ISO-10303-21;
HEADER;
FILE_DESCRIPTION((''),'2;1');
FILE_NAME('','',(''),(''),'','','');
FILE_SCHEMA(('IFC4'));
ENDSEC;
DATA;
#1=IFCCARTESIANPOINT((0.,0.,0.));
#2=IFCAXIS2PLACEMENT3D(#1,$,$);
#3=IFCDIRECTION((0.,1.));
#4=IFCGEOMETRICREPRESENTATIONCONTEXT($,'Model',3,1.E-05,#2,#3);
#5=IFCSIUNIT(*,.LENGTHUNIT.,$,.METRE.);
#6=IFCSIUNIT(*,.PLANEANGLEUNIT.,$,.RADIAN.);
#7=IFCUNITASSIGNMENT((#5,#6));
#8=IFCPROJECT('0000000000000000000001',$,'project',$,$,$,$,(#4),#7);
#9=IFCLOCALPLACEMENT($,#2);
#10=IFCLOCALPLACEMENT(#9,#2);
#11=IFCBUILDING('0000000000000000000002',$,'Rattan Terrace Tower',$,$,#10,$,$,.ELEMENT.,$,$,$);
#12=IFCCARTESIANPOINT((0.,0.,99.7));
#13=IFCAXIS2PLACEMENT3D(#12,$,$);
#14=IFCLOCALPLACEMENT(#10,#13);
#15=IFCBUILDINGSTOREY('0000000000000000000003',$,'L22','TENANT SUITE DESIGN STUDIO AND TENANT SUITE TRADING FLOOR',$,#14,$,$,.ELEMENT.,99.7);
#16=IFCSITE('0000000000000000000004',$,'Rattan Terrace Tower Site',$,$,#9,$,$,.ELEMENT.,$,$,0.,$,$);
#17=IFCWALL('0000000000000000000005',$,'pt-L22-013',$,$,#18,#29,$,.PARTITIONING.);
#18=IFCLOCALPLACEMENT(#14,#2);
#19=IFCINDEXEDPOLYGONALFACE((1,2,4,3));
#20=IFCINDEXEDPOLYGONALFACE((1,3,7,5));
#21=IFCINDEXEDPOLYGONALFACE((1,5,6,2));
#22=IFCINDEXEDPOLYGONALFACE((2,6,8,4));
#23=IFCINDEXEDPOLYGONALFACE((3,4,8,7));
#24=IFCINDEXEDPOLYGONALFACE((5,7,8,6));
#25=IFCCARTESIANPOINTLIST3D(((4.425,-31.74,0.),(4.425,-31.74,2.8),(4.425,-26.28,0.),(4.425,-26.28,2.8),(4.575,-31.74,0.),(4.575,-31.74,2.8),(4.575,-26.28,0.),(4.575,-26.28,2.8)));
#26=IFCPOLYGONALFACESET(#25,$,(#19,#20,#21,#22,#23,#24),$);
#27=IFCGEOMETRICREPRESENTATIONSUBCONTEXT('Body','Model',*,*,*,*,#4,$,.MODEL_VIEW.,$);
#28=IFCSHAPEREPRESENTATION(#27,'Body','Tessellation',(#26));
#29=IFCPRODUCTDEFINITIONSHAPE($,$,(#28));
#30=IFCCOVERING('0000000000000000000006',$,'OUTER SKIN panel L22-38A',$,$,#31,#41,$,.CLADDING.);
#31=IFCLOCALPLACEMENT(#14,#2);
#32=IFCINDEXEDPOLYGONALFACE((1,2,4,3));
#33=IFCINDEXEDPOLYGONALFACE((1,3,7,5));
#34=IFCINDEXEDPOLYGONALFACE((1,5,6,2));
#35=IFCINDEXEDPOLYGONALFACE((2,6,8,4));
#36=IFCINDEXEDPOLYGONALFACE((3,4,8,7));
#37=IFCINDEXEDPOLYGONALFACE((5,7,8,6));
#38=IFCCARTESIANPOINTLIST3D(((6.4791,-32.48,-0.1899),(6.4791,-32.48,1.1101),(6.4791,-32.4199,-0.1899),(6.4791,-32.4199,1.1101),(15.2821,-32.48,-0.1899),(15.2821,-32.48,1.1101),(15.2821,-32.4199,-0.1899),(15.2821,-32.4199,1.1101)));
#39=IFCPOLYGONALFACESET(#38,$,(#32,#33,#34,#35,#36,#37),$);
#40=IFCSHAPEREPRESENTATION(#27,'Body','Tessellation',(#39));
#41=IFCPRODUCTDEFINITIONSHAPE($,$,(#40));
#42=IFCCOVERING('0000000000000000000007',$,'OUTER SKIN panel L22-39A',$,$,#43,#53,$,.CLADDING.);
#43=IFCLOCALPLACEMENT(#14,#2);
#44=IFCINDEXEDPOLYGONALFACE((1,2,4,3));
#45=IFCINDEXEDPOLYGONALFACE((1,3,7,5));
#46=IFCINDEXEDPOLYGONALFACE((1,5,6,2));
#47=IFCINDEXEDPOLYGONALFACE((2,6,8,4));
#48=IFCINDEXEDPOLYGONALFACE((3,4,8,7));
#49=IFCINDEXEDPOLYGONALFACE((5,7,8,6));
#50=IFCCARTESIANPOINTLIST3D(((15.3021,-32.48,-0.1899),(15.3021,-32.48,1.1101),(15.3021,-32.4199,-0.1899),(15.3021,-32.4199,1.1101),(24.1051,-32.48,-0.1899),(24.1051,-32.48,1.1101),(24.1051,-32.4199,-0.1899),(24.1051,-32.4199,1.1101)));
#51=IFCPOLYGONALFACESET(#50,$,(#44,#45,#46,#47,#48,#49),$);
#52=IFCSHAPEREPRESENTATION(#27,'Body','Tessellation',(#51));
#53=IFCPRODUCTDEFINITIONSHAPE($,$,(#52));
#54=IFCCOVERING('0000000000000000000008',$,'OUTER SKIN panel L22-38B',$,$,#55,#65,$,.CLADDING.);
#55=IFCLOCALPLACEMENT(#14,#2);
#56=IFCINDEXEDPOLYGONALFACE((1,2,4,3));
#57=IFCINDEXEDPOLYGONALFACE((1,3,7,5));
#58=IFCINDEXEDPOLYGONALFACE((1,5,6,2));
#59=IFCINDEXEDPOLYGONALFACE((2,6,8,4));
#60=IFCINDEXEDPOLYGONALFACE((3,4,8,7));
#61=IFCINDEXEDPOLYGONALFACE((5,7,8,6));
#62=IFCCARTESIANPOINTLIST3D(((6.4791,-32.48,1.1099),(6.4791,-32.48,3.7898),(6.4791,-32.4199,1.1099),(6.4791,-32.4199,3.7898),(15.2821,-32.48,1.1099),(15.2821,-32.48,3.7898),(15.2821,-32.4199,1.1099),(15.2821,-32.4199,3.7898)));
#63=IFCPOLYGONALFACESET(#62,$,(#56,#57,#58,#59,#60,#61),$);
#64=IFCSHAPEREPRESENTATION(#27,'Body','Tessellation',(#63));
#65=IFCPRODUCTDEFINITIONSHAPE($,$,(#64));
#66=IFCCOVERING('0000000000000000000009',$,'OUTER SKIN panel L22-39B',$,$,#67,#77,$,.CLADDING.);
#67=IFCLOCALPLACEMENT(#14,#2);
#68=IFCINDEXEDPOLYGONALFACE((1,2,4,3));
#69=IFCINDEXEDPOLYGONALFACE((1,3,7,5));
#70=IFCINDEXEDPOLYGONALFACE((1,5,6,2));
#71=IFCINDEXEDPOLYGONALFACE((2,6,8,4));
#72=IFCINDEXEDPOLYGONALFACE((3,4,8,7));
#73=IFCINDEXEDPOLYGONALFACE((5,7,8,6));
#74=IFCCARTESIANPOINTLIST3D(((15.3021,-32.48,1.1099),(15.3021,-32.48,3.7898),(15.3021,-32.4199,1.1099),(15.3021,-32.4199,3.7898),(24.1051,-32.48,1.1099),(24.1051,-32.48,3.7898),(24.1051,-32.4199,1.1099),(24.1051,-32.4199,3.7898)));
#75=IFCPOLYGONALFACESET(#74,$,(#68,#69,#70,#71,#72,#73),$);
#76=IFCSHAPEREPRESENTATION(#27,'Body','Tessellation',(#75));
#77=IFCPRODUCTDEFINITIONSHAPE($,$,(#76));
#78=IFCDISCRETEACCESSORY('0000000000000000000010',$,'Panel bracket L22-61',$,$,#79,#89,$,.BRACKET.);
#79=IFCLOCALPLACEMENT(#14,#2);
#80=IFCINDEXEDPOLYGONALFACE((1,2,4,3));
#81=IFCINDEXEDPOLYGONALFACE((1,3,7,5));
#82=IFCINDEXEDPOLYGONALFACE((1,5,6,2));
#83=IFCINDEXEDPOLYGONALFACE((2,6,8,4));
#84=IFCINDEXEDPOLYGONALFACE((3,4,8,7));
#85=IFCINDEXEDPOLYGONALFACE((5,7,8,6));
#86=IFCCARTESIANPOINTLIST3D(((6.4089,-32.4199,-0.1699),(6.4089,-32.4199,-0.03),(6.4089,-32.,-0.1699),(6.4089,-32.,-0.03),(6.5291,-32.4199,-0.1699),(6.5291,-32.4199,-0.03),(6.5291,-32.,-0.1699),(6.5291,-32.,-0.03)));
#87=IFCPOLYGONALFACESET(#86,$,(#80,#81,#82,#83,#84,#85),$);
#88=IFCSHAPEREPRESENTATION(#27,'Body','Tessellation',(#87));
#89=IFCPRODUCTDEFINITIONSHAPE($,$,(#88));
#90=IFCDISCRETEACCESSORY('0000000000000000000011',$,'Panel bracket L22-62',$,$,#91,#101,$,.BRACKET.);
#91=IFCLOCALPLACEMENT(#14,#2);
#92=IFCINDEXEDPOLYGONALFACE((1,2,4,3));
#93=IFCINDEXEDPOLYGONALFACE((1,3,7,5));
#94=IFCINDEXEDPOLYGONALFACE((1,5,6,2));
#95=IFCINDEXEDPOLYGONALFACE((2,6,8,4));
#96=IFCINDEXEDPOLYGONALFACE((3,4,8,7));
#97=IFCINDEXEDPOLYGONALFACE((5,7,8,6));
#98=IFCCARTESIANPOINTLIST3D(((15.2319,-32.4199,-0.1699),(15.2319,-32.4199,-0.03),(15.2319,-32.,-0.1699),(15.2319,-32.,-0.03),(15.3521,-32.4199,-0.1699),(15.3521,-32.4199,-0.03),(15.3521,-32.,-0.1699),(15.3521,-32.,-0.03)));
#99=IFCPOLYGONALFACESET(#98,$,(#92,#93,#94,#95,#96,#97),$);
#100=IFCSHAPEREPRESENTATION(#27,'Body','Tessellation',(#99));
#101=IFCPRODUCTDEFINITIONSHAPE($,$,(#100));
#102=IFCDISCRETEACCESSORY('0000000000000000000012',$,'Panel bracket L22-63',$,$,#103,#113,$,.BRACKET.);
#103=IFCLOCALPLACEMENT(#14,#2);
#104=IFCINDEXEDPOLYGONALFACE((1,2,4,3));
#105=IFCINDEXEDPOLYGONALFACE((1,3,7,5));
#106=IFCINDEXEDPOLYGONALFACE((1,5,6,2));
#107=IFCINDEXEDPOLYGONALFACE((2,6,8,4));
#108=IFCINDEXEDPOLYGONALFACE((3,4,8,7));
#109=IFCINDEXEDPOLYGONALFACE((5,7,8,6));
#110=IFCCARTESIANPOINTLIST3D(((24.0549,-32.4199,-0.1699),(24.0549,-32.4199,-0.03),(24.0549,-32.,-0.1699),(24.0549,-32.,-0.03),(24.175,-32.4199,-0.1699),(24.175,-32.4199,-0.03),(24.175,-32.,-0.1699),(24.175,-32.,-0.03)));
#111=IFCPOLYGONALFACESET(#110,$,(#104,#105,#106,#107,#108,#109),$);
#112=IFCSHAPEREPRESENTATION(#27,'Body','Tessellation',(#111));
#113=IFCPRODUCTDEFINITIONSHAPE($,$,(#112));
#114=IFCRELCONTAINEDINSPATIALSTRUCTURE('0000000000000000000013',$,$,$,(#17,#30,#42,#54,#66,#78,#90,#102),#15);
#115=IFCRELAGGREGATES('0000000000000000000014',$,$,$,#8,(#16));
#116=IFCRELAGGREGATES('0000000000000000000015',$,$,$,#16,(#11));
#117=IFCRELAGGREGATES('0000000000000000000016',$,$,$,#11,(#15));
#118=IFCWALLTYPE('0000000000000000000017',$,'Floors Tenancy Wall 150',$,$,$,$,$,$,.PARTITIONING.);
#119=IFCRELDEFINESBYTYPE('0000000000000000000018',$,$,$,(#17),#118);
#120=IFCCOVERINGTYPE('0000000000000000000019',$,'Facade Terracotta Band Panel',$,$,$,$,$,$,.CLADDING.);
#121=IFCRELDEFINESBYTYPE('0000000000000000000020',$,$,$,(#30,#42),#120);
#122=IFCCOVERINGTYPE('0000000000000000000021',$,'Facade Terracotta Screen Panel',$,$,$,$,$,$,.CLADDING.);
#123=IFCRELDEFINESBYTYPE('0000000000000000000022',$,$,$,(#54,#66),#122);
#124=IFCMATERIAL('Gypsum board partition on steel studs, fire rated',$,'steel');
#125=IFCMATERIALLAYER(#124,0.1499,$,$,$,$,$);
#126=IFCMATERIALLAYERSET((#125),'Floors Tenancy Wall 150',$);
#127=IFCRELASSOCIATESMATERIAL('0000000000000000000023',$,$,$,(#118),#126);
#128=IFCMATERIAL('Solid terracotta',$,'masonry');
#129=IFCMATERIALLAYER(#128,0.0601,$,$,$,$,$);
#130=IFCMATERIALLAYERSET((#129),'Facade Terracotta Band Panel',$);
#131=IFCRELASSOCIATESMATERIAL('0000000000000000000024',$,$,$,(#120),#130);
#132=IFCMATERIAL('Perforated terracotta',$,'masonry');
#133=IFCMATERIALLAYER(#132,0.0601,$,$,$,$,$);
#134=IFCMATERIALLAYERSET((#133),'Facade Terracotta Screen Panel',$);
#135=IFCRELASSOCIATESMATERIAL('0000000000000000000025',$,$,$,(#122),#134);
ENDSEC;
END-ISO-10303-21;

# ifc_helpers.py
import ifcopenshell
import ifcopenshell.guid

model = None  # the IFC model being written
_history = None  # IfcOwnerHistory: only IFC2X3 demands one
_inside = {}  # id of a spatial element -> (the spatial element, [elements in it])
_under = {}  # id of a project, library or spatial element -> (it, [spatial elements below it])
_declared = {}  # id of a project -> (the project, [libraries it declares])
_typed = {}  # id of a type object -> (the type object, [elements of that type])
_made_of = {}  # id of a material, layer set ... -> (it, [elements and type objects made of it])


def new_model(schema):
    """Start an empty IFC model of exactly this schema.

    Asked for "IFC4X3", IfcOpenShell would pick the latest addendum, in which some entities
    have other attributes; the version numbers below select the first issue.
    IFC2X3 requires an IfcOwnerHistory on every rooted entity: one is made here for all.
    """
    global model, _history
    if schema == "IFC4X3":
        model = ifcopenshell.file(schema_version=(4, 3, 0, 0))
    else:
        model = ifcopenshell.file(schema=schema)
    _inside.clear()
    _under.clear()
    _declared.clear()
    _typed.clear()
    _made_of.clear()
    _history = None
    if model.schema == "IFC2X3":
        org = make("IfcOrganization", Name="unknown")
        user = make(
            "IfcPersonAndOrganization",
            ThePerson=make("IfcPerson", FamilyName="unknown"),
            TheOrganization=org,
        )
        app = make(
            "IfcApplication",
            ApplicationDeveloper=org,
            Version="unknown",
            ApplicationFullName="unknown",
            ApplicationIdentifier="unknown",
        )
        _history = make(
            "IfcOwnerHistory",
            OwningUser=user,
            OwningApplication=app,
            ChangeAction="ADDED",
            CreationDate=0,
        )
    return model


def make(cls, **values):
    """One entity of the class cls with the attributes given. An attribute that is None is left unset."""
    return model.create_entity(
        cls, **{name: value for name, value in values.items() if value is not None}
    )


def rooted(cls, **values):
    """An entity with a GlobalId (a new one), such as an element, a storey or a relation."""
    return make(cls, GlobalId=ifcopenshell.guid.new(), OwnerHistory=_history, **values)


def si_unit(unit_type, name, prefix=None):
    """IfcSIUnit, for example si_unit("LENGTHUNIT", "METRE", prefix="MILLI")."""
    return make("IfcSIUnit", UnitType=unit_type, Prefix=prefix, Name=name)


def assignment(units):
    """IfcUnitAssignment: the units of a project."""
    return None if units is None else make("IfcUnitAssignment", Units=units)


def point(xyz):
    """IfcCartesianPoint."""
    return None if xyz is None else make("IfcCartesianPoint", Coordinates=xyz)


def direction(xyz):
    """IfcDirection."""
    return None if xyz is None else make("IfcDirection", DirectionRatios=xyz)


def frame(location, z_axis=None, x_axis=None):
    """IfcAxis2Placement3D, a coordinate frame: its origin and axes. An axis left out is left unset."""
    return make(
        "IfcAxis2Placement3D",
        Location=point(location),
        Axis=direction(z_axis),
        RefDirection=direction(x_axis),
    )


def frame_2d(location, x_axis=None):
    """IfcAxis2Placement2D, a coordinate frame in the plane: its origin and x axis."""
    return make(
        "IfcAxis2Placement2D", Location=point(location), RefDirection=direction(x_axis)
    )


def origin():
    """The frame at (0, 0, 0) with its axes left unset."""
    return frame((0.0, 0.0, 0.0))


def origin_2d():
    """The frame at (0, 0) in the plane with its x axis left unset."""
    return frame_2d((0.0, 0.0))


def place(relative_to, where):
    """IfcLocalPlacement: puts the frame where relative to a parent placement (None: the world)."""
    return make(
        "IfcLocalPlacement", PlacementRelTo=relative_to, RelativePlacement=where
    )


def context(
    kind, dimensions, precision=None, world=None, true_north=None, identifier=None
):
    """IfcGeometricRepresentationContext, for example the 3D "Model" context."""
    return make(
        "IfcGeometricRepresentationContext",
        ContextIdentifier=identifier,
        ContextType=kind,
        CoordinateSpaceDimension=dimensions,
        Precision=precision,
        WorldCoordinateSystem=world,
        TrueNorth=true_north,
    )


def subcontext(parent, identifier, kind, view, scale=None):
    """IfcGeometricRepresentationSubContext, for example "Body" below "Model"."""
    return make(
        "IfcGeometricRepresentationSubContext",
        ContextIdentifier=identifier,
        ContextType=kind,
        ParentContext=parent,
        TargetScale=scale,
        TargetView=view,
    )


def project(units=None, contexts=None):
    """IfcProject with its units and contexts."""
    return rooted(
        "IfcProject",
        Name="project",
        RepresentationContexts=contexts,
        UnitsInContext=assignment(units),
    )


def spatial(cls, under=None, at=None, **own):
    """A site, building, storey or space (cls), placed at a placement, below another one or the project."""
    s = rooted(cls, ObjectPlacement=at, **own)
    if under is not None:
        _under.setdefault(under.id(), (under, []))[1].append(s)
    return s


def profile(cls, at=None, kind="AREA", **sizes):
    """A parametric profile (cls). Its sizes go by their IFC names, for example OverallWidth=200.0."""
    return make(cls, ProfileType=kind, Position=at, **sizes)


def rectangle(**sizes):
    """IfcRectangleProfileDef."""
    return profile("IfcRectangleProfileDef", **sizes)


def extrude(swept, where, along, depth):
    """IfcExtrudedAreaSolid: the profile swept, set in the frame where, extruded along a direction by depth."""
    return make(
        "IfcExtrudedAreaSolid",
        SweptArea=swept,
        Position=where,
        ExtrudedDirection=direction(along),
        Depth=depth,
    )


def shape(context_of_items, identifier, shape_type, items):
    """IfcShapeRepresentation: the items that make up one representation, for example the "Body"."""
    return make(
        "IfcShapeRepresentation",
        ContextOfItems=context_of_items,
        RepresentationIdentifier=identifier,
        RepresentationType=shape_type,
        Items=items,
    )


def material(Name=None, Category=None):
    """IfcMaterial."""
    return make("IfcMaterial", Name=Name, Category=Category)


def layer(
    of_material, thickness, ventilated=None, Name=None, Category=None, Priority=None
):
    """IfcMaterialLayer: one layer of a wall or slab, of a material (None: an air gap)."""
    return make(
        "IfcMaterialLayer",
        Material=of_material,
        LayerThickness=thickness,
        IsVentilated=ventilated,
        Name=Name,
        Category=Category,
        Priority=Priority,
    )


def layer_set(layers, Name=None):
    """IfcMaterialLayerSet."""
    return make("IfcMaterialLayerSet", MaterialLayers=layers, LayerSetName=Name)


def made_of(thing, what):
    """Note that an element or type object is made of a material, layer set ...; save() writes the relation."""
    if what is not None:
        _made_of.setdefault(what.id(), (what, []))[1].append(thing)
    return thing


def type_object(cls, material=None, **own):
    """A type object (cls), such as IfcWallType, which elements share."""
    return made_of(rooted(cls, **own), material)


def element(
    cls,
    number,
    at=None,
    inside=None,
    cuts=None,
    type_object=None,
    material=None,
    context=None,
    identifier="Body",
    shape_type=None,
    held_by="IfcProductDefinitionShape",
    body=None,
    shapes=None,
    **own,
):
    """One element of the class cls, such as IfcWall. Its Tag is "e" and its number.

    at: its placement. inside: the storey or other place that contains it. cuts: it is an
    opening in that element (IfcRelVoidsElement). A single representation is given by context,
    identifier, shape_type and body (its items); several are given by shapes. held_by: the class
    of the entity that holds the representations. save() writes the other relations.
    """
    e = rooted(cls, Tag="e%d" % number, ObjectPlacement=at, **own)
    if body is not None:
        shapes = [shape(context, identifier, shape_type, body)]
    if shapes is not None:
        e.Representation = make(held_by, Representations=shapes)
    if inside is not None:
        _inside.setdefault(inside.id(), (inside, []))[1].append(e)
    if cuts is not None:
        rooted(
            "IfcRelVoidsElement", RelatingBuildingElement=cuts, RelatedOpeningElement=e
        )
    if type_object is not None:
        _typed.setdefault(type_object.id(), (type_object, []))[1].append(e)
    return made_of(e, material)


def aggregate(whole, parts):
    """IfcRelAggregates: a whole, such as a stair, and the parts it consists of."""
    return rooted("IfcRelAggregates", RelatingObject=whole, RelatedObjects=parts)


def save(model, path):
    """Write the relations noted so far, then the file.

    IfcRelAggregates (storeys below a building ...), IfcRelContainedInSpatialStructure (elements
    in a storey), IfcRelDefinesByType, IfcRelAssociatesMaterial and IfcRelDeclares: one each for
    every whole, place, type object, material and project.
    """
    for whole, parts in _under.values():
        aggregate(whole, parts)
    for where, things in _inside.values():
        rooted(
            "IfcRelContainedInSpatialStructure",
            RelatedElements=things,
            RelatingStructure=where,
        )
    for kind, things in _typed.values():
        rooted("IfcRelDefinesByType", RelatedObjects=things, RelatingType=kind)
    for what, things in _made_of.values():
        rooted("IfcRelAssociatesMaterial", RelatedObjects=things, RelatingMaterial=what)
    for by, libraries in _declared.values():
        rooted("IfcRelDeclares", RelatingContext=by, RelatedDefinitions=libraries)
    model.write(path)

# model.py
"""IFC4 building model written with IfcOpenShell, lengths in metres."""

from ifc_helpers import new_model, si_unit, direction, frame, frame_2d, origin, origin_2d, place, context, subcontext, project, spatial, rectangle, extrude, material, layer, layer_set, type_object, element, save


model = new_model("IFC4")

# Units and contexts
model_context = context("Model", 3, precision=1e-05, world=origin(), true_north=direction((0.0, 1.0)))
body_context = subcontext(model_context, "Body", "Model", "MODEL_VIEW")
ifc_project = project(units=[si_unit("LENGTHUNIT", "METRE"), si_unit("PLANEANGLEUNIT", "RADIAN")], contexts=[model_context])

# Site, building, storey
site_placement = place(None, origin())
site = spatial("IfcSite", under=ifc_project, at=site_placement, Name="Rattan Terrace Tower Site", CompositionType="ELEMENT", RefElevation=0.0)
building_placement = place(site_placement, origin())
building = spatial("IfcBuilding", under=site, at=building_placement, Name="Rattan Terrace Tower", CompositionType="ELEMENT")
storey_placement = place(building_placement, frame((0.0, 0.0, 99.7)))
storey = spatial("IfcBuildingStorey", under=building, at=storey_placement, Name="L22", Description="TENANT SUITE DESIGN STUDIO AND TENANT SUITE TRADING FLOOR", CompositionType="ELEMENT", Elevation=99.7)

# Shared definitions
ifc_material_1 = material(Name="Gypsum board partition on steel studs, fire rated", Category="steel")
ifc_layer_1 = layer(ifc_material_1, 0.1499)
ifc_layer_set_1 = layer_set([ifc_layer_1], Name="Floors Tenancy Wall 150")
wall_type_1 = type_object("IfcWallType", Name="Floors Tenancy Wall 150", PredefinedType="PARTITIONING", material=ifc_layer_set_1)

# Wall
wall_1_placement = place(storey_placement, frame((4.5, -31.74, 0.0), z_axis=(0.0, 0.0, 1.0), x_axis=(0.0, 1.0, 0.0)))
element("IfcWall", 1, at=wall_1_placement, inside=storey, type_object=wall_type_1, Name="pt-L22-013", PredefinedType="PARTITIONING", context=body_context, shape_type="SweptSolid", body=[
    extrude(rectangle(XDim=5.46, YDim=0.1499, at=frame_2d((2.73, 0.0))), origin(), (0.0, 0.0, 1.0), 2.8),
])

# Coverings
ifc_material_2 = material(Name="Solid terracotta", Category="masonry")
ifc_layer_2 = layer(ifc_material_2, 0.0601)
ifc_layer_set_2 = layer_set([ifc_layer_2], Name="Facade Terracotta Band Panel")
covering_type_1 = type_object("IfcCoveringType", Name="Facade Terracotta Band Panel", PredefinedType="CLADDING", material=ifc_layer_set_2)
for number, where, z_axis, x_axis, name in (
    (2, (10.8806, -32.45, -0.1899), (0.0, 0.0, 1.0), (1.0, 0.0, 0.0), "OUTER SKIN panel L22-38A"),
    (3, (19.7036, -32.45, -0.1899), (0.0, 0.0, 1.0), (1.0, 0.0, 0.0), "OUTER SKIN panel L22-39A"),
):
    element("IfcCovering", number, at=place(storey_placement, frame(where, z_axis=z_axis, x_axis=x_axis)), inside=storey, type_object=covering_type_1, Name=name, PredefinedType="CLADDING", context=body_context, shape_type="SweptSolid", body=[
        extrude(rectangle(XDim=8.803, YDim=0.0601, at=origin_2d()), origin(), (0.0, 0.0, 1.0), 1.3),
    ])
ifc_material_3 = material(Name="Perforated terracotta", Category="masonry")
ifc_layer_3 = layer(ifc_material_3, 0.0601)
ifc_layer_set_3 = layer_set([ifc_layer_3], Name="Facade Terracotta Screen Panel")
covering_type_2 = type_object("IfcCoveringType", Name="Facade Terracotta Screen Panel", PredefinedType="CLADDING", material=ifc_layer_set_3)
for number, where, z_axis, x_axis, name in (
    (4, (10.8806, -32.45, 1.1099), (0.0, 0.0, 1.0), (1.0, 0.0, 0.0), "OUTER SKIN panel L22-38B"),
    (5, (19.7036, -32.45, 1.1099), (0.0, 0.0, 1.0), (1.0, 0.0, 0.0), "OUTER SKIN panel L22-39B"),
):
    element("IfcCovering", number, at=place(storey_placement, frame(where, z_axis=z_axis, x_axis=x_axis)), inside=storey, type_object=covering_type_2, Name=name, PredefinedType="CLADDING", context=body_context, shape_type="SweptSolid", body=[
        extrude(rectangle(XDim=8.803, YDim=0.0601, at=origin_2d()), origin(), (0.0, 0.0, 1.0), 2.6799),
    ])

# Discrete accessories
for number, where, z_axis, x_axis, name in (
    (6, (6.469, -32.21, -0.1699), (0.0, 0.0, 1.0), (1.0, 0.0, 0.0), "Panel bracket L22-61"),
    (7, (15.292, -32.21, -0.1699), (0.0, 0.0, 1.0), (1.0, 0.0, 0.0), "Panel bracket L22-62"),
    (8, (24.115, -32.21, -0.1699), (0.0, 0.0, 1.0), (1.0, 0.0, 0.0), "Panel bracket L22-63"),
):
    element("IfcDiscreteAccessory", number, at=place(storey_placement, frame(where, z_axis=z_axis, x_axis=x_axis)), inside=storey, Name=name, PredefinedType="BRACKET", context=body_context, shape_type="SweptSolid", body=[
        extrude(rectangle(XDim=0.1201, YDim=0.4199, at=origin_2d()), origin(), (0.0, 0.0, 1.0), 0.1399),
    ])

save(model, "model.ifc")
